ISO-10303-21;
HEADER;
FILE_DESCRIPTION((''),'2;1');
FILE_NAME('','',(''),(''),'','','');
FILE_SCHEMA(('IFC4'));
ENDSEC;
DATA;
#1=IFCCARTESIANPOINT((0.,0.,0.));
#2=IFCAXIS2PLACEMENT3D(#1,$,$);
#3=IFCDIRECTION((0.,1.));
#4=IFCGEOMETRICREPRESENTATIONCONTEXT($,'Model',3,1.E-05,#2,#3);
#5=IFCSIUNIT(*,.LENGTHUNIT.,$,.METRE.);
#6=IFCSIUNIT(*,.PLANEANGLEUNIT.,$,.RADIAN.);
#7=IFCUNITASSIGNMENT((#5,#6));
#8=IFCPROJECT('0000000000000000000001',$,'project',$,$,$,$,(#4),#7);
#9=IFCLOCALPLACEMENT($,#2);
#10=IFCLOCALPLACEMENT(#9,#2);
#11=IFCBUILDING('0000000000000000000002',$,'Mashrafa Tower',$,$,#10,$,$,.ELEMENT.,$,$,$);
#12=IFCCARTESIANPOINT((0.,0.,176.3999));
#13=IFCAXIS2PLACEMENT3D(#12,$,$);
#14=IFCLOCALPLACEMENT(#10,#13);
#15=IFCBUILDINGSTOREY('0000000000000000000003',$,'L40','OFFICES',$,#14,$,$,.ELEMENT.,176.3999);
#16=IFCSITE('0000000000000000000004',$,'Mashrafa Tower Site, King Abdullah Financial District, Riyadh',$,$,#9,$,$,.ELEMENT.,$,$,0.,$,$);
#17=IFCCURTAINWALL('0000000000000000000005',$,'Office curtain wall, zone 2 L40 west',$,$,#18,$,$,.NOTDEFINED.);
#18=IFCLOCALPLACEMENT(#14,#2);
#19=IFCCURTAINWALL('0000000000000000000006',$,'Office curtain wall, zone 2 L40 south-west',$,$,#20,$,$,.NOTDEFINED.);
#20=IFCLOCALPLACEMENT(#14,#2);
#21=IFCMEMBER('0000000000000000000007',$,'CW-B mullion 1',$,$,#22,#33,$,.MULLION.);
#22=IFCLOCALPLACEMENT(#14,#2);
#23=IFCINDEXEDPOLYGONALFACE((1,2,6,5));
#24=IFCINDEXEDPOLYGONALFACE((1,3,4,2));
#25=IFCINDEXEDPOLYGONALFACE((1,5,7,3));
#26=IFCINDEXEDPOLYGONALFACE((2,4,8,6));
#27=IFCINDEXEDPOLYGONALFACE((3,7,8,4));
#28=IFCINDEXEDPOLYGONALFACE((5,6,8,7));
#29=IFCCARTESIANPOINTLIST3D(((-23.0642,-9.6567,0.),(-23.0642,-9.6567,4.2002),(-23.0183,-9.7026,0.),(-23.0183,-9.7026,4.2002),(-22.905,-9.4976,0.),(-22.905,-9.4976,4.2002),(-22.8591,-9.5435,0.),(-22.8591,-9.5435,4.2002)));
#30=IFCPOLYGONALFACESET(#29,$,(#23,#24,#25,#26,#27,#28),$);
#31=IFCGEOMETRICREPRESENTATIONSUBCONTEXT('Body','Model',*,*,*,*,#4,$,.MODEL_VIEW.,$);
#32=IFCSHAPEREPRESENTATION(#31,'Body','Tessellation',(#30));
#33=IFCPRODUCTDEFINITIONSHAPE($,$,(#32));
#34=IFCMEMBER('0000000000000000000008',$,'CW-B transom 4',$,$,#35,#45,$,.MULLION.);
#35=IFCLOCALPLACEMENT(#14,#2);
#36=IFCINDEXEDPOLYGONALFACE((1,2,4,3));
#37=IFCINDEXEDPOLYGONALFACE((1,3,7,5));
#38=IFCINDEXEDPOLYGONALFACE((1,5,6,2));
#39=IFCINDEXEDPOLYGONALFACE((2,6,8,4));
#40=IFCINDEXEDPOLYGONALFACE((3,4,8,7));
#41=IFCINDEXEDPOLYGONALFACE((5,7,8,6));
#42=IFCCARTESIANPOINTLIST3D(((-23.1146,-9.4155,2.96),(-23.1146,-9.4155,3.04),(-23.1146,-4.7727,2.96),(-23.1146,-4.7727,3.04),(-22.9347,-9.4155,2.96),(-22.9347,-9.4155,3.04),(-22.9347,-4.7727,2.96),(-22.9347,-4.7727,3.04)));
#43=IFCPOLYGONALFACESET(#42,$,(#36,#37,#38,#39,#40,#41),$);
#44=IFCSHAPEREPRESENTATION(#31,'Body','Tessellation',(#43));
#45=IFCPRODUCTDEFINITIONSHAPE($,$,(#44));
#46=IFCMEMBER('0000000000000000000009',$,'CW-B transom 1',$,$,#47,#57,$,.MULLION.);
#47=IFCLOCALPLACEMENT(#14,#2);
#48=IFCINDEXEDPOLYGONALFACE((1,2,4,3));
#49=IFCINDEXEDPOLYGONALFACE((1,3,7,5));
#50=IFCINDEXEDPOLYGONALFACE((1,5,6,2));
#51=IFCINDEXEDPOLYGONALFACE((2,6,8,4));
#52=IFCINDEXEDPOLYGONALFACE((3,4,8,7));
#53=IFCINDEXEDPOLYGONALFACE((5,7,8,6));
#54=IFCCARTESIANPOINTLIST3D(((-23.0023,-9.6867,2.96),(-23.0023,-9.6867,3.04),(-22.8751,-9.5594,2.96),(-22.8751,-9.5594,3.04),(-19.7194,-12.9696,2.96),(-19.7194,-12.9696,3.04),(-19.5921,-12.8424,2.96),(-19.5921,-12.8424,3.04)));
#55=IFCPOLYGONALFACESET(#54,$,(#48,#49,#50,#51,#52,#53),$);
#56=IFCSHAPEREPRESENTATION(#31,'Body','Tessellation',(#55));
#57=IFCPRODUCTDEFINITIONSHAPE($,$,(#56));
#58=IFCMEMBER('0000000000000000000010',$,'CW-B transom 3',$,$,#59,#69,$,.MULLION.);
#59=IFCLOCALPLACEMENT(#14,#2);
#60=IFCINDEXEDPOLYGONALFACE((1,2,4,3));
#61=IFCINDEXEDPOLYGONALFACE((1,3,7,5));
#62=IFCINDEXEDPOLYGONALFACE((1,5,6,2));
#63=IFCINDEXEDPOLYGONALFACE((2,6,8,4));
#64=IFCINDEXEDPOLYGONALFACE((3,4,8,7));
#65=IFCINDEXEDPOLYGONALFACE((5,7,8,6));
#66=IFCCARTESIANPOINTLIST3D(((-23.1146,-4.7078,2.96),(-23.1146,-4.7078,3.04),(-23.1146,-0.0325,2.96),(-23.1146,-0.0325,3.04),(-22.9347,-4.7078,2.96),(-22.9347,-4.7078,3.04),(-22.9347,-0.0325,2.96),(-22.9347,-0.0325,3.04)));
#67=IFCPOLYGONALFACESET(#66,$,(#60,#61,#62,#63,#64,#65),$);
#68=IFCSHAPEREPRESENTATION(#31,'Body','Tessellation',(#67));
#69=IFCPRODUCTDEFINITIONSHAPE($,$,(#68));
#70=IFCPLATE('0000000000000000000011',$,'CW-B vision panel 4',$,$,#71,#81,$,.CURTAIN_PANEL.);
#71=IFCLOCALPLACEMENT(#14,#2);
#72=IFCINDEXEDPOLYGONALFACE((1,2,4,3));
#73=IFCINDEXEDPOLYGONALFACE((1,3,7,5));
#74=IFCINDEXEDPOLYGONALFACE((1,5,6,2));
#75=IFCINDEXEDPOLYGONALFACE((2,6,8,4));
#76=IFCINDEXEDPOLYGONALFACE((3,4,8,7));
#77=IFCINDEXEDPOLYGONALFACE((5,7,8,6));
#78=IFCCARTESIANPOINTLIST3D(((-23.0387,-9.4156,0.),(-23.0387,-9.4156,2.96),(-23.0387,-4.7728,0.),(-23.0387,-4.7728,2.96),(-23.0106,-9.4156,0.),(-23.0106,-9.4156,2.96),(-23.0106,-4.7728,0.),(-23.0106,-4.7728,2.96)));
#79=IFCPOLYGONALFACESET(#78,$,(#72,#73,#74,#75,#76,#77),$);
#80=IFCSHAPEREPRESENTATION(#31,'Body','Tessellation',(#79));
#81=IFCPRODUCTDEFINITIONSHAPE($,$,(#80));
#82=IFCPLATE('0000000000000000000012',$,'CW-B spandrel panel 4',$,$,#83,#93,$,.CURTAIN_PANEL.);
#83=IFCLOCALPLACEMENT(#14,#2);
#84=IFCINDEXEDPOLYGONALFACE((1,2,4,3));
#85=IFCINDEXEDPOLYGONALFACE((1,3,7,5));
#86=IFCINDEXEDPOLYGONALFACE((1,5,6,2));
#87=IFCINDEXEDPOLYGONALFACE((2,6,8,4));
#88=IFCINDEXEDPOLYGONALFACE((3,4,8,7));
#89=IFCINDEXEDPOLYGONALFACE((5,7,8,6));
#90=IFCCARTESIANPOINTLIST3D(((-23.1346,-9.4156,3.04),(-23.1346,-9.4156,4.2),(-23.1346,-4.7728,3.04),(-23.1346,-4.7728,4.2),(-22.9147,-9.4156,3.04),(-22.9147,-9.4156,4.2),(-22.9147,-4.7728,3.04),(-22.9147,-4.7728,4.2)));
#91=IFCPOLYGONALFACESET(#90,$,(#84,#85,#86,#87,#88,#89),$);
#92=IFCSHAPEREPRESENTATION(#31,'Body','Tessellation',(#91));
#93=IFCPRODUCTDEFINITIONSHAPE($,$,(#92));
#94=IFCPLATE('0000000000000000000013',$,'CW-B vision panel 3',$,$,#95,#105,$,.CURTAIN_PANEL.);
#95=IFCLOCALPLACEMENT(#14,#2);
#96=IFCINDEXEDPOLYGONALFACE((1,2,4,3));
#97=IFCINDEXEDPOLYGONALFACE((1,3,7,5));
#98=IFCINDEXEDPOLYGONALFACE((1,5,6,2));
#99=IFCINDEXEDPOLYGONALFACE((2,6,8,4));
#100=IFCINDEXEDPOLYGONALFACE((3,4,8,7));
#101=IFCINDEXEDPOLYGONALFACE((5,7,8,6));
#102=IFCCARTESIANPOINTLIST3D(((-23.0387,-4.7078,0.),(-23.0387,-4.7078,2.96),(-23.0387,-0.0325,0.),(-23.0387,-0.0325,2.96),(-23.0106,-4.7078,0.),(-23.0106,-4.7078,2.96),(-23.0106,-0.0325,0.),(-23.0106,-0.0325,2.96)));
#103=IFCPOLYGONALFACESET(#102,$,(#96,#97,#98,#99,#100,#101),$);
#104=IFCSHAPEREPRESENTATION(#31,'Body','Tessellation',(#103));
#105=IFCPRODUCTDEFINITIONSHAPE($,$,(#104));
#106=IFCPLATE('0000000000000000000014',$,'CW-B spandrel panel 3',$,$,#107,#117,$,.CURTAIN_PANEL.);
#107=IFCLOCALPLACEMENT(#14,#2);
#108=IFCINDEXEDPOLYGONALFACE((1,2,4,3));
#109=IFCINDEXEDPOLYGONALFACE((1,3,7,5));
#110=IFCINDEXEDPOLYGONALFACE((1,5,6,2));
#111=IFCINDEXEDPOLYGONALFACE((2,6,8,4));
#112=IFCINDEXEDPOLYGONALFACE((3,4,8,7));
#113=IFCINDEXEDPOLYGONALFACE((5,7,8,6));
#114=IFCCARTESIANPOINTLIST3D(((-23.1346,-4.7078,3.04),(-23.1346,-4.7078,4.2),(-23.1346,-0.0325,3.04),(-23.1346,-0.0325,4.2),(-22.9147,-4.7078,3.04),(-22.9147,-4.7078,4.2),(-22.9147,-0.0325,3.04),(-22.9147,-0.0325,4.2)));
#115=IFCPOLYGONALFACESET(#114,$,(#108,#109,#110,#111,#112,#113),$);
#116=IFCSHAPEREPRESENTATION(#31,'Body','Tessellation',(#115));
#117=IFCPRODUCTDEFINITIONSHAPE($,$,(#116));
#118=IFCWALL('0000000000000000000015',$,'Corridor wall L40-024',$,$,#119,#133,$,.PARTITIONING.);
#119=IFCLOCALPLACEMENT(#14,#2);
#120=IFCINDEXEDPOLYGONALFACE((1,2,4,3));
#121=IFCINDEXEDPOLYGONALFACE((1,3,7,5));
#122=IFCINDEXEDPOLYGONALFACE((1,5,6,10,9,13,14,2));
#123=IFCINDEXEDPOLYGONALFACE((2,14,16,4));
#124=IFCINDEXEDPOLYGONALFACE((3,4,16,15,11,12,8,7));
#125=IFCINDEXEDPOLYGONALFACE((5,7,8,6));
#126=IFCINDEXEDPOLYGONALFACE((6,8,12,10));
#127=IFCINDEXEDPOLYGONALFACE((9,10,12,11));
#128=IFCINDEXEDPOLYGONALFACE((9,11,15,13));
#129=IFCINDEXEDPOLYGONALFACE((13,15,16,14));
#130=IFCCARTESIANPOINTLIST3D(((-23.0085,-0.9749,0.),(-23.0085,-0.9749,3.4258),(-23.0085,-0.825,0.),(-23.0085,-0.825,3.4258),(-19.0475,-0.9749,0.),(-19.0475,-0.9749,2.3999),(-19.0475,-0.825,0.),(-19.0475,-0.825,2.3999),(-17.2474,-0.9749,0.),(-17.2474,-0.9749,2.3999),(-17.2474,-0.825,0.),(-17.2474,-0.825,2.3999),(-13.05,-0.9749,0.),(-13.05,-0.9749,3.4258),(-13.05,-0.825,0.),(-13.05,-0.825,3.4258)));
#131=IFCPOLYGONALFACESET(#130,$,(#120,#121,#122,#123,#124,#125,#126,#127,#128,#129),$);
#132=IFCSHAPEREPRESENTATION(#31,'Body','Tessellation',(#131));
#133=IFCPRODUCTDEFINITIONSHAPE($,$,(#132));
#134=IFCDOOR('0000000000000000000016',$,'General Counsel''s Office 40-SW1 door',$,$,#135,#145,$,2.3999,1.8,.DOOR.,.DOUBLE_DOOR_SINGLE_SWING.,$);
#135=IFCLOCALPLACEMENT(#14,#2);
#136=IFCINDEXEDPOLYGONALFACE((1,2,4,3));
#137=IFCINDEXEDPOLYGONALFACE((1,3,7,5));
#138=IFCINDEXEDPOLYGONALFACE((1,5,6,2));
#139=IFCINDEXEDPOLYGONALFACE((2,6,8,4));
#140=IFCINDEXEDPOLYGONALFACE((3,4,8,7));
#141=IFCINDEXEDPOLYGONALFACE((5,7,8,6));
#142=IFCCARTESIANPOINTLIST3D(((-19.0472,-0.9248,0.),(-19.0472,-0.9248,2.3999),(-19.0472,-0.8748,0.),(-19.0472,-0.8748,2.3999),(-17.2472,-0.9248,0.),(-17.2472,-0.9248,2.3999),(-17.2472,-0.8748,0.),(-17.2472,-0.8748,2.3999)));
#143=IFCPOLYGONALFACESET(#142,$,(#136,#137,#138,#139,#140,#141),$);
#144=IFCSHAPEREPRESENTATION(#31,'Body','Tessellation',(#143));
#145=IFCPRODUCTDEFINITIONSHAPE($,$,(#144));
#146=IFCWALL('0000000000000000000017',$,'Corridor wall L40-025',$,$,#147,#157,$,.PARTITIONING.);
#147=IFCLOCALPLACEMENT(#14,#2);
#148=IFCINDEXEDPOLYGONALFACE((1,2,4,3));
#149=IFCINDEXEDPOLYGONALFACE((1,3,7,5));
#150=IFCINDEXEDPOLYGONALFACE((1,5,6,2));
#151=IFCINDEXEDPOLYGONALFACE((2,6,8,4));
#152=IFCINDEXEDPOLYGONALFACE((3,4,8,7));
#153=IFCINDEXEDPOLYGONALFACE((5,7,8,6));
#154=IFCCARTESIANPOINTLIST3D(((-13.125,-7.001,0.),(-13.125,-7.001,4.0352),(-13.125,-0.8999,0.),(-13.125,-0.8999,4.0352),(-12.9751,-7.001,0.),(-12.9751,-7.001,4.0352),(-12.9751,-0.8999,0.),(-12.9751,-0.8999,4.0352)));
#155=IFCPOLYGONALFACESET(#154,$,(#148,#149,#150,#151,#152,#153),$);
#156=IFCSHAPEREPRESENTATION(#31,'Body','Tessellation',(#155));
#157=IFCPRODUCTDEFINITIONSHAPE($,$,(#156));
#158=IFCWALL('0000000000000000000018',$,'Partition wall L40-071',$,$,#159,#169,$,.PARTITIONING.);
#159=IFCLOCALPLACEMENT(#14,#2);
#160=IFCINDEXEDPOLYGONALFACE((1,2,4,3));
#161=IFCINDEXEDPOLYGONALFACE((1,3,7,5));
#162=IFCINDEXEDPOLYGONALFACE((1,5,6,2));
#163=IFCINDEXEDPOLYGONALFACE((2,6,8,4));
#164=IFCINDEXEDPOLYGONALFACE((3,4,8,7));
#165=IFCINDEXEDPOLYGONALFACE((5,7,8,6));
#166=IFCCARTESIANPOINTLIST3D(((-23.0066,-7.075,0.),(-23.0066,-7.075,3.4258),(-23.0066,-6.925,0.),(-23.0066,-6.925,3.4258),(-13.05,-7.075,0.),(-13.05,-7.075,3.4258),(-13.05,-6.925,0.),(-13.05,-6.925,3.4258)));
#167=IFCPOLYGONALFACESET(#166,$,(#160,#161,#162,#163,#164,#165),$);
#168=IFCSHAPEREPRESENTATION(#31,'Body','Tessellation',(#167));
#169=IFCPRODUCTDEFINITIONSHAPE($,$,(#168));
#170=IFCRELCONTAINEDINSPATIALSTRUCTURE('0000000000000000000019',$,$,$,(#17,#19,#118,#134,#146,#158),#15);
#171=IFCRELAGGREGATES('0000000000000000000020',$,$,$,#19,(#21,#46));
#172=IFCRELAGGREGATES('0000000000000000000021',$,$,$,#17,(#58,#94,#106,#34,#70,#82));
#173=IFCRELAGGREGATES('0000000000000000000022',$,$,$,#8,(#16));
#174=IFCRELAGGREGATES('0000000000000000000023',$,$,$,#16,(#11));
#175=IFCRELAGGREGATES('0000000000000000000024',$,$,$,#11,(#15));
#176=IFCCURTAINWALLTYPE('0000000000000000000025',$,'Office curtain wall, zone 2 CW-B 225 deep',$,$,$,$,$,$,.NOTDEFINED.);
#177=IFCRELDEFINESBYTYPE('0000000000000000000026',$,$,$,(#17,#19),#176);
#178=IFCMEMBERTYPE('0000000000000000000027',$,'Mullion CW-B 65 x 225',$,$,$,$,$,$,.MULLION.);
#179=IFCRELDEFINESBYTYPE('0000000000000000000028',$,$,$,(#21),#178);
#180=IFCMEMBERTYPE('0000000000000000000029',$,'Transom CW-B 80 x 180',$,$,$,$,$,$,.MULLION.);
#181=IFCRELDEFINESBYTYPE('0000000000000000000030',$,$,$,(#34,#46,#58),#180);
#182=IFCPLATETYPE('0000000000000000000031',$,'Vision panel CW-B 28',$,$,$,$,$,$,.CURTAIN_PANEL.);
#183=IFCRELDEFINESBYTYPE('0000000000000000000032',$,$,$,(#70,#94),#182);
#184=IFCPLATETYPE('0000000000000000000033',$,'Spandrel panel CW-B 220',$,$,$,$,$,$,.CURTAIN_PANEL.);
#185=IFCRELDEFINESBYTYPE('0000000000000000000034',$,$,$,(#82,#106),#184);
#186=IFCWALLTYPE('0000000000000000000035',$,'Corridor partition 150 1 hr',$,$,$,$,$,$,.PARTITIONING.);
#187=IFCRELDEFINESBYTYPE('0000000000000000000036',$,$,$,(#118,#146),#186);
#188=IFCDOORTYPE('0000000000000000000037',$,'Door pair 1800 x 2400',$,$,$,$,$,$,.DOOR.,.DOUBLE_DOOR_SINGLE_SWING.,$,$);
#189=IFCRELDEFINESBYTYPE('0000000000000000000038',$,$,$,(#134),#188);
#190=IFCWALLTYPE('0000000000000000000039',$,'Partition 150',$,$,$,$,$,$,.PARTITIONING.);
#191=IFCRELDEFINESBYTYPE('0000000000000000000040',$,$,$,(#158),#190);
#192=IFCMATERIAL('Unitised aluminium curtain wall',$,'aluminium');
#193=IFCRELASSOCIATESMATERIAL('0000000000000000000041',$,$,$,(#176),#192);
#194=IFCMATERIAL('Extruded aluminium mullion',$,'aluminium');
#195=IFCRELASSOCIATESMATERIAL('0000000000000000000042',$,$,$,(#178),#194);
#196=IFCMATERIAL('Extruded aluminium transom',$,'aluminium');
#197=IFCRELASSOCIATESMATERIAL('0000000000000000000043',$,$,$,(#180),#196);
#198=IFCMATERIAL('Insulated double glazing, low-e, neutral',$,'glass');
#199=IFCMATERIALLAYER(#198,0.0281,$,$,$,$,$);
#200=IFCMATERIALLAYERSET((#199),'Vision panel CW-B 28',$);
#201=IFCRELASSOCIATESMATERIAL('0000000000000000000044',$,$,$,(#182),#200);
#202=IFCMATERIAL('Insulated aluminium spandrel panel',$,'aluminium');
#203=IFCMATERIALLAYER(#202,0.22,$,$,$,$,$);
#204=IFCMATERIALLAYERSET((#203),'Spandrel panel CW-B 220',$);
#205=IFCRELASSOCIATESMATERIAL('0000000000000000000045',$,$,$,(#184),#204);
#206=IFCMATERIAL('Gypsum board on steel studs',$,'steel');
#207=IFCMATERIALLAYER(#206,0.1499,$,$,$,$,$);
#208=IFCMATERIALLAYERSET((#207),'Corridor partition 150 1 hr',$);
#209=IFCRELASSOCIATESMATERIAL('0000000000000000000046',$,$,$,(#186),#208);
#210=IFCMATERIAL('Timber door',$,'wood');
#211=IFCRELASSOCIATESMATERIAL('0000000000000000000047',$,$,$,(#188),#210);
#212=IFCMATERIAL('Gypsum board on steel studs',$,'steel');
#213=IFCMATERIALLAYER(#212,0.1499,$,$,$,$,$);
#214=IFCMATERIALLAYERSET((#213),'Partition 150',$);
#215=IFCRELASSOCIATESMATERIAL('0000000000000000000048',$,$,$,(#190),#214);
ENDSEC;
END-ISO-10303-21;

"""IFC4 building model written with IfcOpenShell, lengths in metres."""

from ifc_helpers import new_model, si_unit, direction, frame, frame_2d, origin, origin_2d, place, context, subcontext, project, spatial, rectangle, extrude, source, transform, mapped, material, layer, layer_set, material_profile, profile_set, type_object, type_shapes, element, fill, aggregate, save


model = new_model("IFC4")

# Units and contexts
model_context = context("Model", 3, precision=1e-05, world=origin(), true_north=direction((0.0, 1.0)))
body_context = subcontext(model_context, "Body", "Model", "MODEL_VIEW")
ifc_project = project(units=[si_unit("LENGTHUNIT", "METRE"), si_unit("PLANEANGLEUNIT", "RADIAN")], contexts=[model_context])

# Site, building, storey
site_placement = place(None, origin())
site = spatial("IfcSite", under=ifc_project, at=site_placement, Name="Mashrafa Tower Site, King Abdullah Financial District, Riyadh", CompositionType="ELEMENT", RefElevation=0.0)
building_placement = place(site_placement, origin())
building = spatial("IfcBuilding", under=site, at=building_placement, Name="Mashrafa Tower", CompositionType="ELEMENT")
storey_placement = place(building_placement, frame((0.0, 0.0, 176.3999)))
storey = spatial("IfcBuildingStorey", under=building, at=storey_placement, Name="L40", Description="OFFICES", CompositionType="ELEMENT", Elevation=176.3999)

# Curtain wall
ifc_material_1 = material(Name="Unitised aluminium curtain wall", Category="aluminium")
curtain_wall_type = type_object("IfcCurtainWallType", Name="Office curtain wall, zone 2 CW-B 225 deep", PredefinedType="NOTDEFINED", material=ifc_material_1)
curtain_wall_1_placement = place(storey_placement, origin())
curtain_wall_1 = element("IfcCurtainWall", 1, at=curtain_wall_1_placement, inside=storey, type_object=curtain_wall_type, Name="Office curtain wall, zone 2 L40 west", PredefinedType="NOTDEFINED")
ifc_material_2 = material(Name="Extruded aluminium mullion", Category="aluminium")
ifc_material_profile_1 = material_profile(ifc_material_2, rectangle(XDim=0.2251, YDim=0.0649, at=origin_2d()), Name="Mullion 65x225")
ifc_profile_set_1 = profile_set([ifc_material_profile_1], Name="Extruded aluminium mullion")
member_type_1 = type_object("IfcMemberType", Name="Mullion CW-B 65 x 225", PredefinedType="MULLION", material=ifc_profile_set_1)
shared_shape_1 = source(origin(), body_context, "Body", "SweptSolid", [
    extrude(rectangle(XDim=0.2251, YDim=0.0649, at=origin_2d()), origin(), (0.0, 0.0, 1.0), 4.2002),
])
type_shapes(member_type_1, [shared_shape_1])

# Curtain wall, member
curtain_wall_2_placement = place(storey_placement, origin())
curtain_wall_2 = element("IfcCurtainWall", 2, at=curtain_wall_2_placement, inside=storey, type_object=curtain_wall_type, Name="Office curtain wall, zone 2 L40 south-west", PredefinedType="NOTDEFINED")
member_1_placement = place(storey_placement, frame((-22.9617, -9.6001, 0.0), z_axis=(0.0, 0.0, 1.0), x_axis=(0.707107, 0.707107, 0.0)))
member_1 = element("IfcMember", 3, at=member_1_placement, type_object=member_type_1, Name="CW-B mullion 1", PredefinedType="MULLION", context=body_context, shape_type="MappedRepresentation", body=[
    mapped(shared_shape_1, transform((0.0, 0.0, 0.0))),
])

# Members
ifc_material_3 = material(Name="Extruded aluminium transom", Category="aluminium")
ifc_material_profile_2 = material_profile(ifc_material_3, rectangle(XDim=0.1799, YDim=0.0801, at=origin_2d()), Name="Transom 80x180")
ifc_profile_set_2 = profile_set([ifc_material_profile_2], Name="Extruded aluminium transom")
member_type_2 = type_object("IfcMemberType", Name="Transom CW-B 80 x 180", PredefinedType="MULLION", material=ifc_profile_set_2)
shared_shape_2 = source(origin(), body_context, "Body", "SweptSolid", [
    extrude(rectangle(XDim=0.1799, YDim=0.0801, at=origin_2d()), origin(), (0.0, 0.0, 1.0), 4.6428),
])
member_2_placement = place(storey_placement, frame((-23.0247, -4.7727, 3.0), z_axis=(0.0, -1.0, 0.0), x_axis=(1.0, 0.0, 0.0)))
member_2 = element("IfcMember", 4, at=member_2_placement, type_object=member_type_2, Name="CW-B transom 4", PredefinedType="MULLION", context=body_context, shape_type="MappedRepresentation", body=[
    mapped(shared_shape_2, transform((0.0, 0.0, 0.0))),
])
member_3_placement = place(storey_placement, frame((-22.9387, -9.623, 3.0), z_axis=(0.707107, -0.707107, 0.0), x_axis=(0.707107, 0.707107, 0.0)))
member_3 = element("IfcMember", 5, at=member_3_placement, type_object=member_type_2, Name="CW-B transom 1", PredefinedType="MULLION", context=body_context, shape_type="MappedRepresentation", body=[
    mapped(shared_shape_2, transform((0.0, 0.0, 0.0))),
])
aggregate(curtain_wall_2, [member_1, member_3])
shared_shape_3 = source(origin(), body_context, "Body", "SweptSolid", [
    extrude(rectangle(XDim=0.1799, YDim=0.0801, at=origin_2d()), origin(), (0.0, 0.0, 1.0), 4.6753),
])
type_shapes(member_type_2, [shared_shape_2, shared_shape_3])
member_4_placement = place(storey_placement, frame((-23.0247, -0.0325, 3.0), z_axis=(0.0, -1.0, 0.0), x_axis=(1.0, 0.0, 0.0)))
member_4 = element("IfcMember", 6, at=member_4_placement, type_object=member_type_2, Name="CW-B transom 3", PredefinedType="MULLION", context=body_context, shape_type="MappedRepresentation", body=[
    mapped(shared_shape_3, transform((0.0, 0.0, 0.0))),
])

# Plates
ifc_material_4 = material(Name="Insulated double glazing, low-e, neutral", Category="glass")
ifc_layer_1 = layer(ifc_material_4, 0.0281)
ifc_layer_set_1 = layer_set([ifc_layer_1], Name="Vision panel CW-B 28")
plate_type_1 = type_object("IfcPlateType", Name="Vision panel CW-B 28", PredefinedType="CURTAIN_PANEL", material=ifc_layer_set_1)
shared_shape_4 = source(origin(), body_context, "Body", "SweptSolid", [
    extrude(rectangle(XDim=4.6428, YDim=0.0281, at=origin_2d()), origin(), (0.0, 0.0, 1.0), 2.96),
])
plate_1_placement = place(storey_placement, frame((-23.0247, -7.0942, 0.0), z_axis=(0.0, 0.0, 1.0), x_axis=(0.0, -1.0, 0.0)))
plate_1 = element("IfcPlate", 7, at=plate_1_placement, type_object=plate_type_1, Name="CW-B vision panel 4", PredefinedType="CURTAIN_PANEL", context=body_context, shape_type="MappedRepresentation", body=[
    mapped(shared_shape_4, transform((0.0, 0.0, 0.0))),
])
ifc_material_5 = material(Name="Insulated aluminium spandrel panel", Category="aluminium")
ifc_layer_2 = layer(ifc_material_5, 0.22)
ifc_layer_set_2 = layer_set([ifc_layer_2], Name="Spandrel panel CW-B 220")
plate_type_2 = type_object("IfcPlateType", Name="Spandrel panel CW-B 220", PredefinedType="CURTAIN_PANEL", material=ifc_layer_set_2)
shared_shape_5 = source(origin(), body_context, "Body", "SweptSolid", [
    extrude(rectangle(XDim=4.6428, YDim=0.22, at=origin_2d()), origin(), (0.0, 0.0, 1.0), 1.1599),
])
plate_2_placement = place(storey_placement, frame((-23.0247, -7.0942, 3.04), z_axis=(0.0, 0.0, 1.0), x_axis=(0.0, -1.0, 0.0)))
plate_2 = element("IfcPlate", 8, at=plate_2_placement, type_object=plate_type_2, Name="CW-B spandrel panel 4", PredefinedType="CURTAIN_PANEL", context=body_context, shape_type="MappedRepresentation", body=[
    mapped(shared_shape_5, transform((0.0, 0.0, 0.0))),
])
shared_shape_6 = source(origin(), body_context, "Body", "SweptSolid", [
    extrude(rectangle(XDim=4.6753, YDim=0.0281, at=origin_2d()), origin(), (0.0, 0.0, 1.0), 2.96),
])
type_shapes(plate_type_1, [shared_shape_4, shared_shape_6])
plate_3_placement = place(storey_placement, frame((-23.0247, -2.3701, 0.0), z_axis=(0.0, 0.0, 1.0), x_axis=(0.0, -1.0, 0.0)))
plate_3 = element("IfcPlate", 9, at=plate_3_placement, type_object=plate_type_1, Name="CW-B vision panel 3", PredefinedType="CURTAIN_PANEL", context=body_context, shape_type="MappedRepresentation", body=[
    mapped(shared_shape_6, transform((0.0, 0.0, 0.0))),
])
shared_shape_7 = source(origin(), body_context, "Body", "SweptSolid", [
    extrude(rectangle(XDim=4.6753, YDim=0.22, at=origin_2d()), origin(), (0.0, 0.0, 1.0), 1.1599),
])
type_shapes(plate_type_2, [shared_shape_5, shared_shape_7])
plate_4_placement = place(storey_placement, frame((-23.0247, -2.3701, 3.04), z_axis=(0.0, 0.0, 1.0), x_axis=(0.0, -1.0, 0.0)))
plate_4 = element("IfcPlate", 10, at=plate_4_placement, type_object=plate_type_2, Name="CW-B spandrel panel 3", PredefinedType="CURTAIN_PANEL", context=body_context, shape_type="MappedRepresentation", body=[
    mapped(shared_shape_7, transform((0.0, 0.0, 0.0))),
])
aggregate(curtain_wall_1, [member_4, plate_3, plate_4, member_2, plate_1, plate_2])

# Wall, opening, door
ifc_material_6 = material(Name="Gypsum board on steel studs", Category="steel")
ifc_layer_3 = layer(ifc_material_6, 0.1499)
ifc_layer_set_3 = layer_set([ifc_layer_3], Name="Corridor partition 150 1 hr")
wall_type_1 = type_object("IfcWallType", Name="Corridor partition 150 1 hr", PredefinedType="PARTITIONING", material=ifc_layer_set_3)
ifc_material_7 = material(Name="Timber door", Category="wood")
door_type = type_object("IfcDoorType", Name="Door pair 1800 x 2400", OperationType="DOUBLE_DOOR_SINGLE_SWING", PredefinedType="DOOR", material=ifc_material_7)
wall_1_placement = place(storey_placement, frame((-23.0085, -0.8999, 0.0), z_axis=(0.0, 0.0, 1.0), x_axis=(1.0, 0.0, 0.0)))
wall_1 = element("IfcWall", 11, at=wall_1_placement, inside=storey, type_object=wall_type_1, Name="Corridor wall L40-024", PredefinedType="PARTITIONING", context=body_context, shape_type="SweptSolid", body=[
    extrude(rectangle(XDim=9.9585, YDim=0.1499, at=frame_2d((4.9792, 0.0))), origin(), (0.0, 0.0, 1.0), 3.4258),
])
opening_1_placement = place(wall_1_placement, frame((3.9612, 0.0, 0.0)))
opening_1 = element("IfcOpeningElement", 12, at=opening_1_placement, cuts=wall_1, PredefinedType="OPENING", context=body_context, shape_type="SweptSolid", body=[
    extrude(rectangle(XDim=1.8, YDim=2.3999, at=frame_2d((0.8999, 1.2))), frame((0.0, 0.085, 0.0), z_axis=(0.0, -1.0, 0.0), x_axis=(1.0, 0.0, 0.0)), (0.0, 0.0, 1.0), 0.1699),
])
door_1_placement = place(opening_1_placement, frame((1.8, 0.0, 0.0), z_axis=(0.0, 0.0, 1.0), x_axis=(-1.0, 0.0, 0.0)))
door_1 = element("IfcDoor", 13, at=door_1_placement, inside=storey, type_object=door_type, Name="General Counsel's Office 40-SW1 door", OperationType="DOUBLE_DOOR_SINGLE_SWING", OverallHeight=2.3999, OverallWidth=1.8, PredefinedType="DOOR", context=body_context, shape_type="SweptSolid", body=[
    extrude(rectangle(XDim=1.8, YDim=2.3999, at=frame_2d((0.8999, 1.2))), frame((0.0, 0.0249, 0.0), z_axis=(0.0, -1.0, 0.0), x_axis=(1.0, 0.0, 0.0)), (0.0, 0.0, 1.0), 0.05),
])
fill(opening_1, door_1)

# Wall
wall_2_placement = place(storey_placement, frame((-13.05, -0.8999, 0.0), z_axis=(0.0, 0.0, 1.0), x_axis=(0.0, -1.0, 0.0)))
element("IfcWall", 14, at=wall_2_placement, inside=storey, type_object=wall_type_1, Name="Corridor wall L40-025", PredefinedType="PARTITIONING", context=body_context, shape_type="SweptSolid", body=[
    extrude(rectangle(XDim=6.1011, YDim=0.1499, at=frame_2d((3.0505, 0.0))), origin(), (0.0, 0.0, 1.0), 4.0352),
])

# Shared definitions
ifc_material_8 = material(Name="Gypsum board on steel studs", Category="steel")
ifc_layer_4 = layer(ifc_material_8, 0.1499)
ifc_layer_set_4 = layer_set([ifc_layer_4], Name="Partition 150")
wall_type_2 = type_object("IfcWallType", Name="Partition 150", PredefinedType="PARTITIONING", material=ifc_layer_set_4)

# Wall
wall_3_placement = place(storey_placement, frame((-13.05, -7.0, 0.0), z_axis=(0.0, 0.0, 1.0), x_axis=(-1.0, 0.0, 0.0)))
element("IfcWall", 15, at=wall_3_placement, inside=storey, type_object=wall_type_2, Name="Partition wall L40-071", PredefinedType="PARTITIONING", context=body_context, shape_type="SweptSolid", body=[
    extrude(rectangle(XDim=9.9565, YDim=0.1499, at=frame_2d((4.9783, 0.0))), origin(), (0.0, 0.0, 1.0), 3.4258),
])

save(model, "model.ifc")
